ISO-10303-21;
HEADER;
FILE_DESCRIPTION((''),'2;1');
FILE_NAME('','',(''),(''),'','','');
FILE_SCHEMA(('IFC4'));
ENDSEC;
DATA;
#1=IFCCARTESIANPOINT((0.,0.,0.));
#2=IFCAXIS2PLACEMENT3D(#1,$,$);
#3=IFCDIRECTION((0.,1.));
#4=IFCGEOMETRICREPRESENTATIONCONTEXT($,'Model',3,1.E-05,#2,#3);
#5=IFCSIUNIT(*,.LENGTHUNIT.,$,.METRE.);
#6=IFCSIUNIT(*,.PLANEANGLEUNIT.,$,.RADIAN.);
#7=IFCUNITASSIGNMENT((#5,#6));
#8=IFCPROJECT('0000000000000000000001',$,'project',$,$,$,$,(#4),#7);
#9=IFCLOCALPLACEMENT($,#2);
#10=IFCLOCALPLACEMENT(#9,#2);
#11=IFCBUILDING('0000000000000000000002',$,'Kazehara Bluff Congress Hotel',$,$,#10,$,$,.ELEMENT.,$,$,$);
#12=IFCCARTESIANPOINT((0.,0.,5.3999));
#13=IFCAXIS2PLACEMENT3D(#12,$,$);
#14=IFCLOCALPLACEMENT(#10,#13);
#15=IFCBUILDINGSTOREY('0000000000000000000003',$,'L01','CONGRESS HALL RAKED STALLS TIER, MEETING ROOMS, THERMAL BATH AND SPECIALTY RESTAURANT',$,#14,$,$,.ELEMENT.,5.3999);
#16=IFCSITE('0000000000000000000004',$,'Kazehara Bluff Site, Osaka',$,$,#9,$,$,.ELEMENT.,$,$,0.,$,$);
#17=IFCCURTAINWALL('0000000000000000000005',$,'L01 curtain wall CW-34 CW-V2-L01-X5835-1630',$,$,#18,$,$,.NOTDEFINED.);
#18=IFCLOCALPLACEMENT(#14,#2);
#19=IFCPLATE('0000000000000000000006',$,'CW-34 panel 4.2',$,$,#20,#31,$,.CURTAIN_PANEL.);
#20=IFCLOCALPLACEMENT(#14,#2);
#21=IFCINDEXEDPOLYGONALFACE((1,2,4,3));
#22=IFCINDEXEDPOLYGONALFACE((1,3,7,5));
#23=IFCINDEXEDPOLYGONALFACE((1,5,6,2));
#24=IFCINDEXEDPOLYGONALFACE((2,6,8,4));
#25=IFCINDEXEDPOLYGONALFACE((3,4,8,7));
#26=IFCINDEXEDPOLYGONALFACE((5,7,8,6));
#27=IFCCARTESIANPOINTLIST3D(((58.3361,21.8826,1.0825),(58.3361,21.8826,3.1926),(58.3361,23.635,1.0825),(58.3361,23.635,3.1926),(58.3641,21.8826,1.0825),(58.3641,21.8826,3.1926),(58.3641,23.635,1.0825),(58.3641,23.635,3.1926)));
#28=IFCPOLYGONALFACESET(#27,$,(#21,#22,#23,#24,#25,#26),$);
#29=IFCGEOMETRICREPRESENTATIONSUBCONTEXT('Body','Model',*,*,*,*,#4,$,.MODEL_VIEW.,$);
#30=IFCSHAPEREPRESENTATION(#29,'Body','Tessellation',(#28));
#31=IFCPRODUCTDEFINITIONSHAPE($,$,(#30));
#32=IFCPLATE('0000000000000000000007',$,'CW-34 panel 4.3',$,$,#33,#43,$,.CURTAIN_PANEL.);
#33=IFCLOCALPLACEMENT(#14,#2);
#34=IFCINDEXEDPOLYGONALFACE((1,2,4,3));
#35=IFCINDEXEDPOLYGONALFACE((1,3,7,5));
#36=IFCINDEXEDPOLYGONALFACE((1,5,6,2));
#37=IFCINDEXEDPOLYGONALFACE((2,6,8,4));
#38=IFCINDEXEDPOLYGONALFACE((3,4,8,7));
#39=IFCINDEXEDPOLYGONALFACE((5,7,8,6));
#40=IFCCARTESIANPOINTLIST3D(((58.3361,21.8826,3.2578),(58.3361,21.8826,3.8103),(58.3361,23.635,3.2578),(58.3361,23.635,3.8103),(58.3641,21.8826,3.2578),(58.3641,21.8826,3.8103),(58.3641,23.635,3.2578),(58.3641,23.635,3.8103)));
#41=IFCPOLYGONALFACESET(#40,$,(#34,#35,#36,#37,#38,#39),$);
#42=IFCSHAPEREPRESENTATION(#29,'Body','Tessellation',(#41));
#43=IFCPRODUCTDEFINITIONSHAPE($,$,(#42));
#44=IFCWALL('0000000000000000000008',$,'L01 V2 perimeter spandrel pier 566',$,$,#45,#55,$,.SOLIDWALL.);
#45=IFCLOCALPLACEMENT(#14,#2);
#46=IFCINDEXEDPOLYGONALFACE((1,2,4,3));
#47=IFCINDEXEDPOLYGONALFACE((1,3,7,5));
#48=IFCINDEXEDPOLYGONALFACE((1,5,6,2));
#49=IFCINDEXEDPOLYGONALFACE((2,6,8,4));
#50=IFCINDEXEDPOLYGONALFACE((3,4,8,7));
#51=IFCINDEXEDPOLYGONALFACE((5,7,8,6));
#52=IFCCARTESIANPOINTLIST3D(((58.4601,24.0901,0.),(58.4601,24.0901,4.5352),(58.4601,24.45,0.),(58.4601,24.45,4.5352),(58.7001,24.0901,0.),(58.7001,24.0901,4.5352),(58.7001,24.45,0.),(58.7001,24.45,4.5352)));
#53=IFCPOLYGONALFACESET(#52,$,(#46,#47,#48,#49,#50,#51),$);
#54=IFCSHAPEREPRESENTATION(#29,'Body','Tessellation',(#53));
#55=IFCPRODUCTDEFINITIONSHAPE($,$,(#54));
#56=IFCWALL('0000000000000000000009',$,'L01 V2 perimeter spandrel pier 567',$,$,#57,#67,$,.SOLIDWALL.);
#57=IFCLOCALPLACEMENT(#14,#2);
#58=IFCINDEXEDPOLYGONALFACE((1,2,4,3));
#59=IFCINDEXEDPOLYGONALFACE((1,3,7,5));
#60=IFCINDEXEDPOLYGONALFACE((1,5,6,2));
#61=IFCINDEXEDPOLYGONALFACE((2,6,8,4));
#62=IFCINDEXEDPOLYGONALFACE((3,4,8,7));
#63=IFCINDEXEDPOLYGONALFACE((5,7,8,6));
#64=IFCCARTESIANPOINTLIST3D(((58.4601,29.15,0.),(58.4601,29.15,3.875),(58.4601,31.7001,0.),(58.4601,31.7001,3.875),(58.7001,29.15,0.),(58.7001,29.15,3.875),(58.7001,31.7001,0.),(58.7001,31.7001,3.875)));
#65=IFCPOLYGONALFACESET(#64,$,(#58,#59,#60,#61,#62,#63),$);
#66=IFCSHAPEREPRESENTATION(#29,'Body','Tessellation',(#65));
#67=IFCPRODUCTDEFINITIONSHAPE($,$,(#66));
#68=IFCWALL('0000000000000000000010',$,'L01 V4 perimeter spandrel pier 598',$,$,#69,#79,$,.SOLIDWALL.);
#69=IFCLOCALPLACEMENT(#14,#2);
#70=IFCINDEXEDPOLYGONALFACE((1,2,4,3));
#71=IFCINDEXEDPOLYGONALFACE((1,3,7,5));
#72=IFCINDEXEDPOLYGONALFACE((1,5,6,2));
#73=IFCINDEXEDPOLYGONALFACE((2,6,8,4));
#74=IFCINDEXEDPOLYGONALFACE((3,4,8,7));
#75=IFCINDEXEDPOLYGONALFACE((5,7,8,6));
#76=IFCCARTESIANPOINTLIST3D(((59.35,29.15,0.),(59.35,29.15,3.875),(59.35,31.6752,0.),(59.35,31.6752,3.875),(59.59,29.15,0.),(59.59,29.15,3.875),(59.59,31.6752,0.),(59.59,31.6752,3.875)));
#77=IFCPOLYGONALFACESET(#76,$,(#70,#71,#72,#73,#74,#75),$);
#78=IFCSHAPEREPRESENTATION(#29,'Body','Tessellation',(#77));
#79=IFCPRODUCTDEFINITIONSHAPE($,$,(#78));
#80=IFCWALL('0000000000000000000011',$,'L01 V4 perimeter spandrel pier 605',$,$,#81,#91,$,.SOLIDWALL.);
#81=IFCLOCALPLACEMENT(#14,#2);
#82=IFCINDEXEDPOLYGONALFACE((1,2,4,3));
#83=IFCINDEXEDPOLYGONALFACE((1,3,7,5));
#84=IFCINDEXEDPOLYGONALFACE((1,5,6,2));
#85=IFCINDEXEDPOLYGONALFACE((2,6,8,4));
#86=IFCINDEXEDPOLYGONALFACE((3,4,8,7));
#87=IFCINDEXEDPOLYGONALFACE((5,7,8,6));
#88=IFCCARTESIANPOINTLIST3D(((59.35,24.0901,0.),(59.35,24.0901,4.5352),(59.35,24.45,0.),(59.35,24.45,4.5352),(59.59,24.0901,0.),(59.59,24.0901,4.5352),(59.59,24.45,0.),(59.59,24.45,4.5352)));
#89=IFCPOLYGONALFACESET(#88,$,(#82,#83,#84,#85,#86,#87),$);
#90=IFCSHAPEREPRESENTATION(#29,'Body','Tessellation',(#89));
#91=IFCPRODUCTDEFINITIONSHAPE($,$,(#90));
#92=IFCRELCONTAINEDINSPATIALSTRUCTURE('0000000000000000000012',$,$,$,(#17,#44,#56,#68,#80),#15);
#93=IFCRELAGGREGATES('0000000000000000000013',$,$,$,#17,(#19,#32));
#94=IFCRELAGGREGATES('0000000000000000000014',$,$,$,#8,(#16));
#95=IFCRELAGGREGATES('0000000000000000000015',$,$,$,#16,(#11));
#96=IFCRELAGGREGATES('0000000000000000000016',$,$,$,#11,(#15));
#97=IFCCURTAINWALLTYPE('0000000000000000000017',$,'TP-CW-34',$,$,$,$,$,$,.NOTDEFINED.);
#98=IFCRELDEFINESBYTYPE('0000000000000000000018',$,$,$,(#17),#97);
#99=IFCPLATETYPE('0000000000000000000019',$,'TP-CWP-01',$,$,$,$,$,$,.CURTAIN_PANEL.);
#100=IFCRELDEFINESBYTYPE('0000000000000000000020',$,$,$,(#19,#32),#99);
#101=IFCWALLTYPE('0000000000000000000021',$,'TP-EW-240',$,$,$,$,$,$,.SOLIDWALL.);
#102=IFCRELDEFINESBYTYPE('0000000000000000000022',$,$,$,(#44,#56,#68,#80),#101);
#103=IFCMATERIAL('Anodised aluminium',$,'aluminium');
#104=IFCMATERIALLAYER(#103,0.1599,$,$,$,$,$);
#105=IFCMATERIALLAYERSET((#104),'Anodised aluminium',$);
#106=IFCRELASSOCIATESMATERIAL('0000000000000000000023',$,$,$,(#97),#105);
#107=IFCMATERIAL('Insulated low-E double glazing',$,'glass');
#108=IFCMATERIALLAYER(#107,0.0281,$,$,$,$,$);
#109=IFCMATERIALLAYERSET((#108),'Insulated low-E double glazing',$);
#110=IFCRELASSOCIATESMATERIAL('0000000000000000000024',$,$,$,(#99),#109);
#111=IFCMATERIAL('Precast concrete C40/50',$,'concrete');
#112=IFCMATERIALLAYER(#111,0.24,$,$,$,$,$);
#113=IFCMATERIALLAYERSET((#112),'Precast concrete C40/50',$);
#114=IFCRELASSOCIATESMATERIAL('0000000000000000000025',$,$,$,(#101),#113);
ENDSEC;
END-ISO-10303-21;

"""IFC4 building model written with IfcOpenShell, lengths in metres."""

from ifc_helpers import new_model, si_unit, direction, frame, frame_2d, origin, origin_2d, place, context, subcontext, project, spatial, rectangle, extrude, material, layer, layer_set, type_object, element, aggregate, save


model = new_model("IFC4")

# Units and contexts
model_context = context("Model", 3, precision=1e-05, world=origin(), true_north=direction((0.0, 1.0)))
body_context = subcontext(model_context, "Body", "Model", "MODEL_VIEW")
ifc_project = project(units=[si_unit("LENGTHUNIT", "METRE"), si_unit("PLANEANGLEUNIT", "RADIAN")], contexts=[model_context])

# Site, building, storey
site_placement = place(None, origin())
site = spatial("IfcSite", under=ifc_project, at=site_placement, Name="Kazehara Bluff Site, Osaka", CompositionType="ELEMENT", RefElevation=0.0)
building_placement = place(site_placement, origin())
building = spatial("IfcBuilding", under=site, at=building_placement, Name="Kazehara Bluff Congress Hotel", CompositionType="ELEMENT")
storey_placement = place(building_placement, frame((0.0, 0.0, 5.3999)))
storey = spatial("IfcBuildingStorey", under=building, at=storey_placement, Name="L01", Description="CONGRESS HALL RAKED STALLS TIER, MEETING ROOMS, THERMAL BATH AND SPECIALTY RESTAURANT", CompositionType="ELEMENT", Elevation=5.3999)

# Curtain wall
ifc_material_1 = material(Name="Anodised aluminium", Category="aluminium")
ifc_layer_1 = layer(ifc_material_1, 0.1599)
ifc_layer_set_1 = layer_set([ifc_layer_1], Name="Anodised aluminium")
curtain_wall_type = type_object("IfcCurtainWallType", Name="TP-CW-34", PredefinedType="NOTDEFINED", material=ifc_layer_set_1)
curtain_wall_placement = place(storey_placement, origin())
curtain_wall = element("IfcCurtainWall", 1, at=curtain_wall_placement, inside=storey, type_object=curtain_wall_type, Name="L01 curtain wall CW-34 CW-V2-L01-X5835-1630", PredefinedType="NOTDEFINED")

# Plates
ifc_material_2 = material(Name="Insulated low-E double glazing", Category="glass")
ifc_layer_2 = layer(ifc_material_2, 0.0281)
ifc_layer_set_2 = layer_set([ifc_layer_2], Name="Insulated low-E double glazing")
plate_type = type_object("IfcPlateType", Name="TP-CWP-01", PredefinedType="CURTAIN_PANEL", material=ifc_layer_set_2)
plate_1_placement = place(storey_placement, frame((58.3501, 22.7588, 1.0825), z_axis=(0.0, 0.0, 1.0), x_axis=(0.0, 1.0, 0.0)))
plate_1 = element("IfcPlate", 2, at=plate_1_placement, type_object=plate_type, Name="CW-34 panel 4.2", PredefinedType="CURTAIN_PANEL", context=body_context, shape_type="SweptSolid", body=[
    extrude(rectangle(XDim=1.7524, YDim=0.0281, at=origin_2d()), origin(), (0.0, 0.0, 1.0), 2.1101),
])
plate_2_placement = place(storey_placement, frame((58.3501, 22.7588, 3.2578), z_axis=(0.0, 0.0, 1.0), x_axis=(0.0, 1.0, 0.0)))
plate_2 = element("IfcPlate", 3, at=plate_2_placement, type_object=plate_type, Name="CW-34 panel 4.3", PredefinedType="CURTAIN_PANEL", context=body_context, shape_type="SweptSolid", body=[
    extrude(rectangle(XDim=1.7524, YDim=0.0281, at=origin_2d()), origin(), (0.0, 0.0, 1.0), 0.5525),
])
aggregate(curtain_wall, [plate_1, plate_2])

# Walls
ifc_material_3 = material(Name="Precast concrete C40/50", Category="concrete")
ifc_layer_3 = layer(ifc_material_3, 0.24)
ifc_layer_set_3 = layer_set([ifc_layer_3], Name="Precast concrete C40/50")
wall_type = type_object("IfcWallType", Name="TP-EW-240", PredefinedType="SOLIDWALL", material=ifc_layer_set_3)
wall_1_placement = place(storey_placement, frame((58.5801, 24.45, 0.0), z_axis=(0.0, 0.0, 1.0), x_axis=(0.0, -1.0, 0.0)))
element("IfcWall", 4, at=wall_1_placement, inside=storey, type_object=wall_type, Name="L01 V2 perimeter spandrel pier 566", PredefinedType="SOLIDWALL", context=body_context, shape_type="SweptSolid", body=[
    extrude(rectangle(XDim=0.3599, YDim=0.24, at=frame_2d((0.1799, 0.0))), origin(), (0.0, 0.0, 1.0), 4.5352),
])
wall_2_placement = place(storey_placement, frame((58.5801, 31.7, 0.0), z_axis=(0.0, 0.0, 1.0), x_axis=(0.0, -1.0, 0.0)))
element("IfcWall", 5, at=wall_2_placement, inside=storey, type_object=wall_type, Name="L01 V2 perimeter spandrel pier 567", PredefinedType="SOLIDWALL", context=body_context, shape_type="SweptSolid", body=[
    extrude(rectangle(XDim=2.55, YDim=0.24, at=frame_2d((1.2749, 0.0))), origin(), (0.0, 0.0, 1.0), 3.875),
])
wall_3_placement = place(storey_placement, frame((59.47, 29.1499, 0.0), z_axis=(0.0, 0.0, 1.0), x_axis=(0.0, 1.0, 0.0)))
element("IfcWall", 6, at=wall_3_placement, inside=storey, type_object=wall_type, Name="L01 V4 perimeter spandrel pier 598", PredefinedType="SOLIDWALL", context=body_context, shape_type="SweptSolid", body=[
    extrude(rectangle(XDim=2.5251, YDim=0.24, at=frame_2d((1.2627, 0.0))), origin(), (0.0, 0.0, 1.0), 3.875),
])
wall_4_placement = place(storey_placement, frame((59.47, 24.0901, 0.0), z_axis=(0.0, 0.0, 1.0), x_axis=(0.0, 1.0, 0.0)))
element("IfcWall", 7, at=wall_4_placement, inside=storey, type_object=wall_type, Name="L01 V4 perimeter spandrel pier 605", PredefinedType="SOLIDWALL", context=body_context, shape_type="SweptSolid", body=[
    extrude(rectangle(XDim=0.3599, YDim=0.24, at=frame_2d((0.1799, 0.0))), origin(), (0.0, 0.0, 1.0), 4.5352),
])

save(model, "model.ifc")
